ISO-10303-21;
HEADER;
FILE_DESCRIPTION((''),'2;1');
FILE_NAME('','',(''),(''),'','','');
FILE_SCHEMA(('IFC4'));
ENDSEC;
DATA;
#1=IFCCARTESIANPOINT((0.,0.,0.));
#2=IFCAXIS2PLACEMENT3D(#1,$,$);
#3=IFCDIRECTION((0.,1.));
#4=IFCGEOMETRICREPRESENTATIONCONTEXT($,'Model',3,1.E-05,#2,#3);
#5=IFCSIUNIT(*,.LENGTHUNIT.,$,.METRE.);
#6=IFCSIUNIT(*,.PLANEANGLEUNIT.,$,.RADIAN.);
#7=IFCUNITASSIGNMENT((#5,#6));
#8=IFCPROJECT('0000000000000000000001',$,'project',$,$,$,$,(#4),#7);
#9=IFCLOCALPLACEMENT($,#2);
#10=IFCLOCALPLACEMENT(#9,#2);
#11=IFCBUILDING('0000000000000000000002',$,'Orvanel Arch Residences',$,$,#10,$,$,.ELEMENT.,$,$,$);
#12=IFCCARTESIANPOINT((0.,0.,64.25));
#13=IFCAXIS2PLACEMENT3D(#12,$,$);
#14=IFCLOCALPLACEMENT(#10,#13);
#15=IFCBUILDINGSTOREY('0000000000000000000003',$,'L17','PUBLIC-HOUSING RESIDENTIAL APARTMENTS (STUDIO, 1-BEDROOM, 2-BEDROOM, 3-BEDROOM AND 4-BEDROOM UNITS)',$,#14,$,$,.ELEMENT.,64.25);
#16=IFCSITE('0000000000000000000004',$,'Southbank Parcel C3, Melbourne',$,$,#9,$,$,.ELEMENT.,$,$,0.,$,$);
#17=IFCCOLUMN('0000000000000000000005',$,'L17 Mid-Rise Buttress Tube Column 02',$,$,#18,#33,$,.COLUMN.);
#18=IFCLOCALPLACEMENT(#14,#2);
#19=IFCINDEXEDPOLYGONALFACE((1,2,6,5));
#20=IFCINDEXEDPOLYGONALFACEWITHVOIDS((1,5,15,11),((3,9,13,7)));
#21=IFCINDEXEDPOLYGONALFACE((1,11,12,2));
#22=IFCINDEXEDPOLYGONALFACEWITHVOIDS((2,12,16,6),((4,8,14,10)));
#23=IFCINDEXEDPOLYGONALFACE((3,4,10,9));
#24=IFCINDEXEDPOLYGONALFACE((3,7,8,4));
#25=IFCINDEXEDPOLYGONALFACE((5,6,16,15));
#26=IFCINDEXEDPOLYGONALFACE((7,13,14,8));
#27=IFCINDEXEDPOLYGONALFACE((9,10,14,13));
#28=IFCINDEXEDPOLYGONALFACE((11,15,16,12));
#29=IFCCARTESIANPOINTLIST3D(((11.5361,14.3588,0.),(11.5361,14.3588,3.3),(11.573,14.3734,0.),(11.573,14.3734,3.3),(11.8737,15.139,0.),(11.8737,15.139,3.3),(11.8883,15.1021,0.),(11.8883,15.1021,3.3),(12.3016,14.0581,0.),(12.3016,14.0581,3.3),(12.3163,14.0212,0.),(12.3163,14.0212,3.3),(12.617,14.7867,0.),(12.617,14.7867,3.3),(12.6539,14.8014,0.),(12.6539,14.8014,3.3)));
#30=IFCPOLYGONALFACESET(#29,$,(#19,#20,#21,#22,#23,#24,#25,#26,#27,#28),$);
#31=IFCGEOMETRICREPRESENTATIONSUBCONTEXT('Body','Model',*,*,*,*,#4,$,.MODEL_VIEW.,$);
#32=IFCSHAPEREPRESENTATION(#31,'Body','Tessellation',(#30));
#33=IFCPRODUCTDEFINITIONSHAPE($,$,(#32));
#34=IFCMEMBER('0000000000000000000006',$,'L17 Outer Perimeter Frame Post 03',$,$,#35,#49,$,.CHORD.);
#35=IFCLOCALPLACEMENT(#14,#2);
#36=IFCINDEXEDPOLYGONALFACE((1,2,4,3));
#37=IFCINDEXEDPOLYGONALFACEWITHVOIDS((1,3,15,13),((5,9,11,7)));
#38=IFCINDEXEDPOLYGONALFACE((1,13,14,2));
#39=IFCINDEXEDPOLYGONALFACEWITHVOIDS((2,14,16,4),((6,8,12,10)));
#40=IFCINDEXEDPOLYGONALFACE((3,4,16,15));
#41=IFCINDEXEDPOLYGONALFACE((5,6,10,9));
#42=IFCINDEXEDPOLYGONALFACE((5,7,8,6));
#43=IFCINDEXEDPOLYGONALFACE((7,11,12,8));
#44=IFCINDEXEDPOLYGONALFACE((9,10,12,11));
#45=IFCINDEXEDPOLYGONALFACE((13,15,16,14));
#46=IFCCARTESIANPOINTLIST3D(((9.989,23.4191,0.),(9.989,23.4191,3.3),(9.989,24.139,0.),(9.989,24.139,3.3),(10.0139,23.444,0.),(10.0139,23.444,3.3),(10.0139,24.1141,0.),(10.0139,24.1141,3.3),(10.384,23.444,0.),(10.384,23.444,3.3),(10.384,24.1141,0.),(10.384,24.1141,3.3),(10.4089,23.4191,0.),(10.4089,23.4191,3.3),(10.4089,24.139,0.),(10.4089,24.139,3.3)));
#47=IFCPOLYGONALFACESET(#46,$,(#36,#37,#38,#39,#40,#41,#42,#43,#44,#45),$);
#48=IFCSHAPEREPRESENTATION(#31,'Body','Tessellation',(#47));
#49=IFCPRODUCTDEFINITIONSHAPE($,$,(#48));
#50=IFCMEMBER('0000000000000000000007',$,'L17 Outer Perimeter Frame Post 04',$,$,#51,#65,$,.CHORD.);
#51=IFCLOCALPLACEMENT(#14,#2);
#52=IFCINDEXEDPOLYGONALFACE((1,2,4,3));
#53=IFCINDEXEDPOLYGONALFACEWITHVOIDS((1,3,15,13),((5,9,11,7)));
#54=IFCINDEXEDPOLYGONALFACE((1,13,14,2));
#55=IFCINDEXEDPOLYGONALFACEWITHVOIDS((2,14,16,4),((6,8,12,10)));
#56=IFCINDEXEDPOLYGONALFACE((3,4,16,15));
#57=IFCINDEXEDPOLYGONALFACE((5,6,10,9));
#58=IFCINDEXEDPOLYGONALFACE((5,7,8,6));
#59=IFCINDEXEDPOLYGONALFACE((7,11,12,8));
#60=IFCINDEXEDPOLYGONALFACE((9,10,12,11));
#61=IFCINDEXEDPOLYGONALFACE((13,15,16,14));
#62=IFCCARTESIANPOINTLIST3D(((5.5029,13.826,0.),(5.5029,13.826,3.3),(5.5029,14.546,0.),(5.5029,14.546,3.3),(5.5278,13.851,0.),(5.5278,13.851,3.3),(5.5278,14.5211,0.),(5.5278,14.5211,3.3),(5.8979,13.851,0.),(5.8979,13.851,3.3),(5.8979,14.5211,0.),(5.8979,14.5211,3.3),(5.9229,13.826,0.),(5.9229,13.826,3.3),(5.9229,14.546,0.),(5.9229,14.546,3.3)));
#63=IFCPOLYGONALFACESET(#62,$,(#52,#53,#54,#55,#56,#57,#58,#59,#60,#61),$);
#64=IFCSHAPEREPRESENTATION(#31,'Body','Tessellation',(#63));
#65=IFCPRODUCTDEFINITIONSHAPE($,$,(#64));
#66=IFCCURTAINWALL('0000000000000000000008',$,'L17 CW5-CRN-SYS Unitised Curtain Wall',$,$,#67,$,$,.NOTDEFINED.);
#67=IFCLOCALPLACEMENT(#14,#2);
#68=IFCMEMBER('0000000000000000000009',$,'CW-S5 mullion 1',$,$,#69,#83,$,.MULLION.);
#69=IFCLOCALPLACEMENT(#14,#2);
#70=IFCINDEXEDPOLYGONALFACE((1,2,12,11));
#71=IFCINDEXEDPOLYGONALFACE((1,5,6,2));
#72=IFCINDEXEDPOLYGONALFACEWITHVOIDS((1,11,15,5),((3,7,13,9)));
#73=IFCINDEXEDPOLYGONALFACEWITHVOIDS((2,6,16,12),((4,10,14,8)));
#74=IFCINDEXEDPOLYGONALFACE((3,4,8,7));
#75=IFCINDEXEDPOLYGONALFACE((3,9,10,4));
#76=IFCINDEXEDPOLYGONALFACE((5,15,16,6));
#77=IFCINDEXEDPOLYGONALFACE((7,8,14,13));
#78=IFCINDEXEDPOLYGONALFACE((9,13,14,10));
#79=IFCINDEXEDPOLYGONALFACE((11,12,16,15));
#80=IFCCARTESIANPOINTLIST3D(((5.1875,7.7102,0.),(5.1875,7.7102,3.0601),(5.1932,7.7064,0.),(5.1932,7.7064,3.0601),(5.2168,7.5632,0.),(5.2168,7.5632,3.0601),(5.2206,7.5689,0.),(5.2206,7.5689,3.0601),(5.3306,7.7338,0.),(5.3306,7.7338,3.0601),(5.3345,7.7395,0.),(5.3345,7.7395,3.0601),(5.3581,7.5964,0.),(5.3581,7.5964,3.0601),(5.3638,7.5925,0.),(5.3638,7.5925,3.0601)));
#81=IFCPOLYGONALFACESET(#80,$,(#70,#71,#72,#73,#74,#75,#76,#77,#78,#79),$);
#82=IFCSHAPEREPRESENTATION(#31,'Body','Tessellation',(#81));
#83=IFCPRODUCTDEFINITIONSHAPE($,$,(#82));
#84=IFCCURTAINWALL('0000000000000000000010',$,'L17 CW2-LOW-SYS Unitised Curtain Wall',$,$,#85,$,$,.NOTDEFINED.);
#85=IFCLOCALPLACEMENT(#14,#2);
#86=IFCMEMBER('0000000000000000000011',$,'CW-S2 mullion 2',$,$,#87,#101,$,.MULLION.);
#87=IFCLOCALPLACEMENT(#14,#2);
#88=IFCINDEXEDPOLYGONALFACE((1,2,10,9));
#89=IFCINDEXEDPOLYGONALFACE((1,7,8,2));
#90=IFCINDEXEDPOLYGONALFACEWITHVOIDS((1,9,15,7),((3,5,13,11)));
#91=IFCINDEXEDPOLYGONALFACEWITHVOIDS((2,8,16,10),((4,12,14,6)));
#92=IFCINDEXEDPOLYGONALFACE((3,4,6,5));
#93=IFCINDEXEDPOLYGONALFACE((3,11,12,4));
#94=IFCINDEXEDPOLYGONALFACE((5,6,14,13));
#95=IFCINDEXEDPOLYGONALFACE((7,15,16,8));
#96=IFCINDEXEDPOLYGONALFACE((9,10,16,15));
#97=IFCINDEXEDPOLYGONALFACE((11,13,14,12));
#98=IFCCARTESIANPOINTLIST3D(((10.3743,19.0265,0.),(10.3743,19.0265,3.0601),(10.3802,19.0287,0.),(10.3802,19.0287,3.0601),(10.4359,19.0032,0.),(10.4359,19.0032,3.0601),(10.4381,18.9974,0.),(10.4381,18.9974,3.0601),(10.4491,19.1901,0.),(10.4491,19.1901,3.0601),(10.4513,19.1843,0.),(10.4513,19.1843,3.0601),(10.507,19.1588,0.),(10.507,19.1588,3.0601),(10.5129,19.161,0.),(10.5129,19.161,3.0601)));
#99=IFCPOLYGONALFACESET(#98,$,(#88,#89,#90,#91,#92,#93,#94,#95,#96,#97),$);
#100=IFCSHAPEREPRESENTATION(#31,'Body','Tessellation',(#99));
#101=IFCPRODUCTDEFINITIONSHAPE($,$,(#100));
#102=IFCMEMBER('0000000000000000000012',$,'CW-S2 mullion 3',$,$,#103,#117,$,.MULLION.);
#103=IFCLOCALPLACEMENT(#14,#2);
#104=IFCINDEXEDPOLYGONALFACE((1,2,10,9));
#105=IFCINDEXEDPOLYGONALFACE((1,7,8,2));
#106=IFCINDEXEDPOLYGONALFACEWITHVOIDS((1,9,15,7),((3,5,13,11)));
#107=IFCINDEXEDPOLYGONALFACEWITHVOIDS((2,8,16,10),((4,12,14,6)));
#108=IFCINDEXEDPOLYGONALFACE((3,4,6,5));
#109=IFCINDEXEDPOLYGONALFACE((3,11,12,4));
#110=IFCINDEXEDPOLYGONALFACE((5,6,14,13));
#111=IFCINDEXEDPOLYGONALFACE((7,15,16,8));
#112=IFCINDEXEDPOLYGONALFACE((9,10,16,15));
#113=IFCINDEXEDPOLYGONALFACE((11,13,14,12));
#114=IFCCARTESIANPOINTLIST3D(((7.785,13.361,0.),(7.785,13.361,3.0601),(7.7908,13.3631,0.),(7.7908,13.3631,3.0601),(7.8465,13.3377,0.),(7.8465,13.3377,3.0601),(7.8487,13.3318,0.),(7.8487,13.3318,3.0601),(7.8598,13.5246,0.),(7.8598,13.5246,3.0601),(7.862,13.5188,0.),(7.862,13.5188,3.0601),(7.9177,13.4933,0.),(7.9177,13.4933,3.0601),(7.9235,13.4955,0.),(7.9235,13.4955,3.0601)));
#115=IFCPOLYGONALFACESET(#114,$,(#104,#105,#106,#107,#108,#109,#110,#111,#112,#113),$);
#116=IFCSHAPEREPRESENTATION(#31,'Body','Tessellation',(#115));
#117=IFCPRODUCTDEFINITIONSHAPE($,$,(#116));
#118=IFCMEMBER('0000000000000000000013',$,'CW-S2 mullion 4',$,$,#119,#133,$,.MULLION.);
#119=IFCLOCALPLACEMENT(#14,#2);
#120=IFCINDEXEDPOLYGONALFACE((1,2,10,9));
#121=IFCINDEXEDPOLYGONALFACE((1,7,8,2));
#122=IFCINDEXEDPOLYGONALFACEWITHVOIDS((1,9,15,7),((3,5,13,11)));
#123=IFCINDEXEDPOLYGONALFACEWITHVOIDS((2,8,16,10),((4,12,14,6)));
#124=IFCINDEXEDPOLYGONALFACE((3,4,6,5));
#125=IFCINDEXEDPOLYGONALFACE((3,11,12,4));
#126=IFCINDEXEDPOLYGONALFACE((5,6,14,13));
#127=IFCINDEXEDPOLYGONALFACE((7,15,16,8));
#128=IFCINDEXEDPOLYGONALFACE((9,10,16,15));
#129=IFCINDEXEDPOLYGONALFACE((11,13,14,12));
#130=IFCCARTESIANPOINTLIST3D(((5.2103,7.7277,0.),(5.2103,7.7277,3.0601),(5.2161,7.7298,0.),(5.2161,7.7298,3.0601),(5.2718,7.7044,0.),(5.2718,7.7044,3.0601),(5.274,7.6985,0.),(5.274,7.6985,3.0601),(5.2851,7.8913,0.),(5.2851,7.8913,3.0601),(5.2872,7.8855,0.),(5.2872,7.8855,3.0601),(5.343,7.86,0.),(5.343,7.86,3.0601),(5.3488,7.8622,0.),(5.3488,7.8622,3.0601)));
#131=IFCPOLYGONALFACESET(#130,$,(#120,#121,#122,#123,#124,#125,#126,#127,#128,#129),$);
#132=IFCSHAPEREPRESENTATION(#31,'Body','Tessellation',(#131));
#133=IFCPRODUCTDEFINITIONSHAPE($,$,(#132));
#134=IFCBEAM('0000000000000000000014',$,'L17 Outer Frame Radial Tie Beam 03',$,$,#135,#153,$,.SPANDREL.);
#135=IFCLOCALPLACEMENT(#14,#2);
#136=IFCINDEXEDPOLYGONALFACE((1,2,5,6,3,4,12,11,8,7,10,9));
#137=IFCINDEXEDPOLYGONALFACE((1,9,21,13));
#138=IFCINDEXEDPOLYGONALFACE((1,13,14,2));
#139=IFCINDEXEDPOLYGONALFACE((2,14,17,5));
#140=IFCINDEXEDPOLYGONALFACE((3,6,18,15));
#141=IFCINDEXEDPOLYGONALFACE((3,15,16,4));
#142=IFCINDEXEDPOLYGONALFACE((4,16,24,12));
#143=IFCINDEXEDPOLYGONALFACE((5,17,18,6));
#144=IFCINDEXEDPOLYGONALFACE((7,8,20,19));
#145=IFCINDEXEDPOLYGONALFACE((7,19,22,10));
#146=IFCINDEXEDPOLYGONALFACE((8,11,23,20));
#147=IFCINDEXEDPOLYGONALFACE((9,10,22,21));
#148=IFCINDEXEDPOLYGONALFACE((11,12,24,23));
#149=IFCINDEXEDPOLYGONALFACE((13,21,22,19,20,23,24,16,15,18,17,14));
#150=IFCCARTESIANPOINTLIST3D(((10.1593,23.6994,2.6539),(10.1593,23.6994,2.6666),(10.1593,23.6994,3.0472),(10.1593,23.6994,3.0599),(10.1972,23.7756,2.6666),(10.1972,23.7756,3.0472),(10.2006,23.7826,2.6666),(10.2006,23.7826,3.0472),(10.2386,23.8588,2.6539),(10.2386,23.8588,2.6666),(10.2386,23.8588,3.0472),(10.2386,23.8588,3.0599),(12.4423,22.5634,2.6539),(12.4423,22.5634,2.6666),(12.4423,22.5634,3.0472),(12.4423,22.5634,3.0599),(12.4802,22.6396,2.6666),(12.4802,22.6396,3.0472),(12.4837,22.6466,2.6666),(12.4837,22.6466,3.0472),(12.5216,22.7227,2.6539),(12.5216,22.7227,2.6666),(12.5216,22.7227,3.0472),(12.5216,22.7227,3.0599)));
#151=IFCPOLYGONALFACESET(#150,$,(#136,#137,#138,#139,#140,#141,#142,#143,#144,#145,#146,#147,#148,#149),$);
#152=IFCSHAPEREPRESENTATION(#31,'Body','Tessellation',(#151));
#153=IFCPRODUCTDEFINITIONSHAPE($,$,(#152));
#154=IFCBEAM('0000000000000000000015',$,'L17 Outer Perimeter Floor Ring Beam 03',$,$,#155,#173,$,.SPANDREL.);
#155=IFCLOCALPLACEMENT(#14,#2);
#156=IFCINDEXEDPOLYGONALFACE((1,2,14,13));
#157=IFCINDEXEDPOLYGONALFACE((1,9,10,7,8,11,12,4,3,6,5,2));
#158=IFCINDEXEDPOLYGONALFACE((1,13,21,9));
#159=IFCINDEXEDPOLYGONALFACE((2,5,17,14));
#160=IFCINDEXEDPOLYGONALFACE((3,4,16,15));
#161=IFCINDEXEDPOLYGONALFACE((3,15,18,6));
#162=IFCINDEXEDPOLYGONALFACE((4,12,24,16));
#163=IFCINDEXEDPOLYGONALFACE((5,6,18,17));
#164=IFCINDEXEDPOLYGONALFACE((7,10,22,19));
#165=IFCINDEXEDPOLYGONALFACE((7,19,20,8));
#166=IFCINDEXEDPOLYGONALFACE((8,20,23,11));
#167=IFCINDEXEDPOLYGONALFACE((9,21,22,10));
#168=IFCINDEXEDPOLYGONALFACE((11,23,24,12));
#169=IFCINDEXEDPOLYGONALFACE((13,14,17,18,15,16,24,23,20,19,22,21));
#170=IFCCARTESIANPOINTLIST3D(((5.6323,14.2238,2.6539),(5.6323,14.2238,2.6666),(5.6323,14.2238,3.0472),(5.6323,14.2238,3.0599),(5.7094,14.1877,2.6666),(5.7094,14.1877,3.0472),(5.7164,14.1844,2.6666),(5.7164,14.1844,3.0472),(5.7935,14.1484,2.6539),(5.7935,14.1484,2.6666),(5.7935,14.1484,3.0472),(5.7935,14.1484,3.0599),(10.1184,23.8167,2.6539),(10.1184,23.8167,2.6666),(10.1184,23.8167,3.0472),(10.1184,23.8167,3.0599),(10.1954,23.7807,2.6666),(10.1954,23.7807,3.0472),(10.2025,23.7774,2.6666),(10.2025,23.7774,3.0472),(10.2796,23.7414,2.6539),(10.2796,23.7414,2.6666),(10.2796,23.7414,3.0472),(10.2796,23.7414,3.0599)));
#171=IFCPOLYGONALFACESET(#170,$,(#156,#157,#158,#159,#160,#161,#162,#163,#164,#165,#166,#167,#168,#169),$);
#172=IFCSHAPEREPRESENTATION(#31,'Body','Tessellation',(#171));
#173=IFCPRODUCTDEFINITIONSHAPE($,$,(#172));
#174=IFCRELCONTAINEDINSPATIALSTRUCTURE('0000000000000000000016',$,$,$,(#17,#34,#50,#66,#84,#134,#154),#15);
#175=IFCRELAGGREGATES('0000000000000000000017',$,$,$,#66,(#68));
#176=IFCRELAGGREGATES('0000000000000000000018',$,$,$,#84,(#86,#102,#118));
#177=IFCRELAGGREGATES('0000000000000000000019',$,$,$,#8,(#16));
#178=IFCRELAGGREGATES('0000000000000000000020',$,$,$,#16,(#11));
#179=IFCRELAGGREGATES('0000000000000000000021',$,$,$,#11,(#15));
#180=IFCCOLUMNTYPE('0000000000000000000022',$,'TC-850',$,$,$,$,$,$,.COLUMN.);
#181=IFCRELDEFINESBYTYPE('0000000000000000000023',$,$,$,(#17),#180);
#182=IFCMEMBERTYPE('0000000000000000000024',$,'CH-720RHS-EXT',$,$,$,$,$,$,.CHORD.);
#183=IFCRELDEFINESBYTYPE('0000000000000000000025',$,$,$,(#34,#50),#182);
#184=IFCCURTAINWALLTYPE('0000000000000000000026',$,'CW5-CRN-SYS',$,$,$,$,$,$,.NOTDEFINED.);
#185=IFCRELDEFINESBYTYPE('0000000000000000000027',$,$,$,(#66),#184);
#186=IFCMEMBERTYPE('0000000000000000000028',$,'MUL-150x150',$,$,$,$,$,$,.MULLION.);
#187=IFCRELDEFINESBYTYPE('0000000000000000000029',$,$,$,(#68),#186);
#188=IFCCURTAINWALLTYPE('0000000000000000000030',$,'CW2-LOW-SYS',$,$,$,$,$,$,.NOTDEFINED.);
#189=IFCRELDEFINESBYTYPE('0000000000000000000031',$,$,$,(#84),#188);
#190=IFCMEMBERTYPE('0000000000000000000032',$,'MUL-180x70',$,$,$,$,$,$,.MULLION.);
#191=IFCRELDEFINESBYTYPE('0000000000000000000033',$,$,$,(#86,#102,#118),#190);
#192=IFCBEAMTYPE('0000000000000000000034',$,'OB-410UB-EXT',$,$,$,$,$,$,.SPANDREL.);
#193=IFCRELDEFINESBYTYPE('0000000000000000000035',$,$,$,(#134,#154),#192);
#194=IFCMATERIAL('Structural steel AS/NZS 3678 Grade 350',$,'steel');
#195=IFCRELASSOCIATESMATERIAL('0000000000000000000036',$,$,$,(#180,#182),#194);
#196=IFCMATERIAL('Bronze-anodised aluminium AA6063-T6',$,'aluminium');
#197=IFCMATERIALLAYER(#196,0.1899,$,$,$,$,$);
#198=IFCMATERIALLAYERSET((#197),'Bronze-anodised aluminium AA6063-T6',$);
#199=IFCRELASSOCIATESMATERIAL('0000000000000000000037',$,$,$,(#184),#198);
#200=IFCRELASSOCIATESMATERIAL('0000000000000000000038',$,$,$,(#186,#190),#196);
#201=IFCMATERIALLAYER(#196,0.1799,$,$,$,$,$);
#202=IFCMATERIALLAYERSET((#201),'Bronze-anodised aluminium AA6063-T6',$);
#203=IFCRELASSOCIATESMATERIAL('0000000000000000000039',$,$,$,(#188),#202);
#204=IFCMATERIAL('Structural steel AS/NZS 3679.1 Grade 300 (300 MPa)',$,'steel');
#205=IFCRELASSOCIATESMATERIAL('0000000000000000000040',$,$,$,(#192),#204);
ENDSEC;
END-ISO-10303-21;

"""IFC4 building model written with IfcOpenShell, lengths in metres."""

from ifc_helpers import new_model, si_unit, direction, frame, origin, origin_2d, place, context, subcontext, project, spatial, hollow_rectangle, i_section, extrude, material, layer, layer_set, material_profile, profile_set, type_object, element, aggregate, save


model = new_model("IFC4")

# Units and contexts
model_context = context("Model", 3, precision=1e-05, world=origin(), true_north=direction((0.0, 1.0)))
body_context = subcontext(model_context, "Body", "Model", "MODEL_VIEW")
ifc_project = project(units=[si_unit("LENGTHUNIT", "METRE"), si_unit("PLANEANGLEUNIT", "RADIAN")], contexts=[model_context])

# Site, building, storey
site_placement = place(None, origin())
site = spatial("IfcSite", under=ifc_project, at=site_placement, Name="Southbank Parcel C3, Melbourne", CompositionType="ELEMENT", RefElevation=0.0)
building_placement = place(site_placement, origin())
building = spatial("IfcBuilding", under=site, at=building_placement, Name="Orvanel Arch Residences", CompositionType="ELEMENT")
storey_placement = place(building_placement, frame((0.0, 0.0, 64.25)))
storey = spatial("IfcBuildingStorey", under=building, at=storey_placement, Name="L17", Description="PUBLIC-HOUSING RESIDENTIAL APARTMENTS (STUDIO, 1-BEDROOM, 2-BEDROOM, 3-BEDROOM AND 4-BEDROOM UNITS)", CompositionType="ELEMENT", Elevation=64.25)

# Column
ifc_material_1 = material(Name="Structural steel AS/NZS 3678 Grade 350", Category="steel")
ifc_material_profile_1 = material_profile(ifc_material_1, hollow_rectangle(XDim=0.8501, YDim=0.8501, WallThickness=0.0281, at=origin_2d()), Name="BOX850x850x28")
ifc_profile_set_1 = profile_set([ifc_material_profile_1], Name="Structural steel AS/NZS 3678 Grade 350")
column_type = type_object("IfcColumnType", Name="TC-850", PredefinedType="COLUMN", material=ifc_profile_set_1)
column_placement = place(storey_placement, frame((12.095, 14.5801, 0.0), z_axis=(0.0, 0.0, 1.0), x_axis=(0.397148, 0.917755, 0.0)))
element("IfcColumn", 1, at=column_placement, inside=storey, type_object=column_type, Name="L17 Mid-Rise Buttress Tube Column 02", PredefinedType="COLUMN", context=body_context, shape_type="SweptSolid", body=[
    extrude(hollow_rectangle(XDim=0.8501, YDim=0.8501, WallThickness=0.0281, at=origin_2d()), origin(), (0.0, 0.0, 1.0), 3.3),
])

# Members
ifc_material_profile_2 = material_profile(ifc_material_1, hollow_rectangle(XDim=0.4199, YDim=0.72, WallThickness=0.0249, at=origin_2d()), Name="RHS720x420x25")
ifc_profile_set_2 = profile_set([ifc_material_profile_2], Name="Structural steel AS/NZS 3678 Grade 350")
member_type_1 = type_object("IfcMemberType", Name="CH-720RHS-EXT", PredefinedType="CHORD", material=ifc_profile_set_2)
for number, where, z_axis, x_axis, name in (
    (2, (10.199, 23.7791, 0.0), (0.0, 0.0, 1.0), (1.0, 0.0, 0.0), "L17 Outer Perimeter Frame Post 03"),
    (3, (5.7129, 14.186, 0.0), (0.0, 0.0, 1.0), (1.0, 0.0, 0.0), "L17 Outer Perimeter Frame Post 04"),
):
    element("IfcMember", number, at=place(storey_placement, frame(where, z_axis=z_axis, x_axis=x_axis)), inside=storey, type_object=member_type_1, Name=name, PredefinedType="CHORD", context=body_context, shape_type="SweptSolid", body=[
        extrude(hollow_rectangle(XDim=0.4199, YDim=0.72, WallThickness=0.0249, at=origin_2d()), origin(), (0.0, 0.0, 1.0), 3.3),
    ])

# Curtain wall, member
ifc_material_2 = material(Name="Bronze-anodised aluminium AA6063-T6", Category="aluminium")
ifc_layer_1 = layer(ifc_material_2, 0.1899)
ifc_layer_set_1 = layer_set([ifc_layer_1], Name="Bronze-anodised aluminium AA6063-T6")
curtain_wall_type_1 = type_object("IfcCurtainWallType", Name="CW5-CRN-SYS", PredefinedType="NOTDEFINED", material=ifc_layer_set_1)
curtain_wall_1_placement = place(storey_placement, origin())
curtain_wall_1 = element("IfcCurtainWall", 4, at=curtain_wall_1_placement, inside=storey, type_object=curtain_wall_type_1, Name="L17 CW5-CRN-SYS Unitised Curtain Wall", PredefinedType="NOTDEFINED")
ifc_material_profile_3 = material_profile(ifc_material_2, hollow_rectangle(XDim=0.1499, YDim=0.1499, WallThickness=0.0049, at=origin_2d()), Name="ALU150x150x5")
ifc_profile_set_3 = profile_set([ifc_material_profile_3], Name="Bronze-anodised aluminium AA6063-T6")
member_type_2 = type_object("IfcMemberType", Name="MUL-150x150", PredefinedType="MULLION", material=ifc_profile_set_3)
member_1_placement = place(storey_placement, frame((5.2756, 7.6514, 0.0), z_axis=(0.0, 0.0, 1.0), x_axis=(0.980659, 0.195723, 0.0)))
member_1 = element("IfcMember", 5, at=member_1_placement, type_object=member_type_2, Name="CW-S5 mullion 1", PredefinedType="MULLION", context=body_context, shape_type="SweptSolid", body=[
    extrude(hollow_rectangle(XDim=0.1499, YDim=0.1499, WallThickness=0.0049, at=origin_2d()), origin(), (0.0, 0.0, 1.0), 3.0601),
])
aggregate(curtain_wall_1, [member_1])

# Curtain wall, members
ifc_layer_2 = layer(ifc_material_2, 0.1799)
ifc_layer_set_2 = layer_set([ifc_layer_2], Name="Bronze-anodised aluminium AA6063-T6")
curtain_wall_type_2 = type_object("IfcCurtainWallType", Name="CW2-LOW-SYS", PredefinedType="NOTDEFINED", material=ifc_layer_set_2)
curtain_wall_2_placement = place(storey_placement, origin())
curtain_wall_2 = element("IfcCurtainWall", 6, at=curtain_wall_2_placement, inside=storey, type_object=curtain_wall_type_2, Name="L17 CW2-LOW-SYS Unitised Curtain Wall", PredefinedType="NOTDEFINED")
ifc_material_profile_4 = material_profile(ifc_material_2, hollow_rectangle(XDim=0.0701, YDim=0.1799, WallThickness=0.0044, at=origin_2d()), Name="ALU180x70x4.5")
ifc_profile_set_4 = profile_set([ifc_material_profile_4], Name="Bronze-anodised aluminium AA6063-T6")
member_type_3 = type_object("IfcMemberType", Name="MUL-180x70", PredefinedType="MULLION", material=ifc_profile_set_4)
member_2_placement = place(storey_placement, frame((10.4436, 19.0938, 0.0), z_axis=(0.0, 0.0, 1.0), x_axis=(0.909507, -0.415689, 0.0)))
member_2 = element("IfcMember", 7, at=member_2_placement, type_object=member_type_3, Name="CW-S2 mullion 2", PredefinedType="MULLION", context=body_context, shape_type="SweptSolid", body=[
    extrude(hollow_rectangle(XDim=0.0701, YDim=0.1799, WallThickness=0.0044, at=origin_2d()), origin(), (0.0, 0.0, 1.0), 3.0601),
])
member_3_placement = place(storey_placement, frame((7.8542, 13.4282, 0.0), z_axis=(0.0, 0.0, 1.0), x_axis=(0.909507, -0.415689, 0.0)))
member_3 = element("IfcMember", 8, at=member_3_placement, type_object=member_type_3, Name="CW-S2 mullion 3", PredefinedType="MULLION", context=body_context, shape_type="SweptSolid", body=[
    extrude(hollow_rectangle(XDim=0.0701, YDim=0.1799, WallThickness=0.0044, at=origin_2d()), origin(), (0.0, 0.0, 1.0), 3.0601),
])
member_4_placement = place(storey_placement, frame((5.2795, 7.7949, 0.0), z_axis=(0.0, 0.0, 1.0), x_axis=(0.909507, -0.415689, 0.0)))
member_4 = element("IfcMember", 9, at=member_4_placement, type_object=member_type_3, Name="CW-S2 mullion 4", PredefinedType="MULLION", context=body_context, shape_type="SweptSolid", body=[
    extrude(hollow_rectangle(XDim=0.0701, YDim=0.1799, WallThickness=0.0044, at=origin_2d()), origin(), (0.0, 0.0, 1.0), 3.0601),
])

# Beams
ifc_material_3 = material(Name="Structural steel AS/NZS 3679.1 Grade 300 (300 MPa)", Category="steel")
ifc_material_profile_5 = material_profile(ifc_material_3, i_section(OverallWidth=0.178, OverallDepth=0.406, WebThickness=0.0078, FlangeThickness=0.0127, at=origin_2d()), Name="410UB59.7")
ifc_profile_set_5 = profile_set([ifc_material_profile_5], Name="Structural steel AS/NZS 3679.1 Grade 300 (300 MPa)")
beam_type_1 = type_object("IfcBeamType", Name="OB-410UB-EXT", PredefinedType="SPANDREL", material=ifc_profile_set_5)
beam_1_placement = place(storey_placement, frame((12.4819, 22.6431, 2.8569), z_axis=(-0.895287, 0.445489, 0.0), x_axis=(-0.445489, -0.895287, 0.0)))
element("IfcBeam", 10, at=beam_1_placement, inside=storey, type_object=beam_type_1, Name="L17 Outer Frame Radial Tie Beam 03", PredefinedType="SPANDREL", context=body_context, shape_type="SweptSolid", body=[
    extrude(i_section(OverallWidth=0.178, OverallDepth=0.406, WebThickness=0.0078, FlangeThickness=0.0127, at=origin_2d()), origin(), (0.0, 0.0, 1.0), 2.55),
])
beam_2_placement = place(storey_placement, frame((10.199, 23.7791, 2.8569), z_axis=(-0.42361, -0.905845, 0.0), x_axis=(0.905845, -0.42361, 0.0)))
element("IfcBeam", 11, at=beam_2_placement, inside=storey, type_object=beam_type_1, Name="L17 Outer Perimeter Floor Ring Beam 03", PredefinedType="SPANDREL", context=body_context, shape_type="SweptSolid", body=[
    extrude(i_section(OverallWidth=0.178, OverallDepth=0.406, WebThickness=0.0078, FlangeThickness=0.0127, at=origin_2d()), origin(), (0.0, 0.0, 1.0), 10.5901),
])

aggregate(curtain_wall_2, [member_2, member_3, member_4])

save(model, "model.ifc")
